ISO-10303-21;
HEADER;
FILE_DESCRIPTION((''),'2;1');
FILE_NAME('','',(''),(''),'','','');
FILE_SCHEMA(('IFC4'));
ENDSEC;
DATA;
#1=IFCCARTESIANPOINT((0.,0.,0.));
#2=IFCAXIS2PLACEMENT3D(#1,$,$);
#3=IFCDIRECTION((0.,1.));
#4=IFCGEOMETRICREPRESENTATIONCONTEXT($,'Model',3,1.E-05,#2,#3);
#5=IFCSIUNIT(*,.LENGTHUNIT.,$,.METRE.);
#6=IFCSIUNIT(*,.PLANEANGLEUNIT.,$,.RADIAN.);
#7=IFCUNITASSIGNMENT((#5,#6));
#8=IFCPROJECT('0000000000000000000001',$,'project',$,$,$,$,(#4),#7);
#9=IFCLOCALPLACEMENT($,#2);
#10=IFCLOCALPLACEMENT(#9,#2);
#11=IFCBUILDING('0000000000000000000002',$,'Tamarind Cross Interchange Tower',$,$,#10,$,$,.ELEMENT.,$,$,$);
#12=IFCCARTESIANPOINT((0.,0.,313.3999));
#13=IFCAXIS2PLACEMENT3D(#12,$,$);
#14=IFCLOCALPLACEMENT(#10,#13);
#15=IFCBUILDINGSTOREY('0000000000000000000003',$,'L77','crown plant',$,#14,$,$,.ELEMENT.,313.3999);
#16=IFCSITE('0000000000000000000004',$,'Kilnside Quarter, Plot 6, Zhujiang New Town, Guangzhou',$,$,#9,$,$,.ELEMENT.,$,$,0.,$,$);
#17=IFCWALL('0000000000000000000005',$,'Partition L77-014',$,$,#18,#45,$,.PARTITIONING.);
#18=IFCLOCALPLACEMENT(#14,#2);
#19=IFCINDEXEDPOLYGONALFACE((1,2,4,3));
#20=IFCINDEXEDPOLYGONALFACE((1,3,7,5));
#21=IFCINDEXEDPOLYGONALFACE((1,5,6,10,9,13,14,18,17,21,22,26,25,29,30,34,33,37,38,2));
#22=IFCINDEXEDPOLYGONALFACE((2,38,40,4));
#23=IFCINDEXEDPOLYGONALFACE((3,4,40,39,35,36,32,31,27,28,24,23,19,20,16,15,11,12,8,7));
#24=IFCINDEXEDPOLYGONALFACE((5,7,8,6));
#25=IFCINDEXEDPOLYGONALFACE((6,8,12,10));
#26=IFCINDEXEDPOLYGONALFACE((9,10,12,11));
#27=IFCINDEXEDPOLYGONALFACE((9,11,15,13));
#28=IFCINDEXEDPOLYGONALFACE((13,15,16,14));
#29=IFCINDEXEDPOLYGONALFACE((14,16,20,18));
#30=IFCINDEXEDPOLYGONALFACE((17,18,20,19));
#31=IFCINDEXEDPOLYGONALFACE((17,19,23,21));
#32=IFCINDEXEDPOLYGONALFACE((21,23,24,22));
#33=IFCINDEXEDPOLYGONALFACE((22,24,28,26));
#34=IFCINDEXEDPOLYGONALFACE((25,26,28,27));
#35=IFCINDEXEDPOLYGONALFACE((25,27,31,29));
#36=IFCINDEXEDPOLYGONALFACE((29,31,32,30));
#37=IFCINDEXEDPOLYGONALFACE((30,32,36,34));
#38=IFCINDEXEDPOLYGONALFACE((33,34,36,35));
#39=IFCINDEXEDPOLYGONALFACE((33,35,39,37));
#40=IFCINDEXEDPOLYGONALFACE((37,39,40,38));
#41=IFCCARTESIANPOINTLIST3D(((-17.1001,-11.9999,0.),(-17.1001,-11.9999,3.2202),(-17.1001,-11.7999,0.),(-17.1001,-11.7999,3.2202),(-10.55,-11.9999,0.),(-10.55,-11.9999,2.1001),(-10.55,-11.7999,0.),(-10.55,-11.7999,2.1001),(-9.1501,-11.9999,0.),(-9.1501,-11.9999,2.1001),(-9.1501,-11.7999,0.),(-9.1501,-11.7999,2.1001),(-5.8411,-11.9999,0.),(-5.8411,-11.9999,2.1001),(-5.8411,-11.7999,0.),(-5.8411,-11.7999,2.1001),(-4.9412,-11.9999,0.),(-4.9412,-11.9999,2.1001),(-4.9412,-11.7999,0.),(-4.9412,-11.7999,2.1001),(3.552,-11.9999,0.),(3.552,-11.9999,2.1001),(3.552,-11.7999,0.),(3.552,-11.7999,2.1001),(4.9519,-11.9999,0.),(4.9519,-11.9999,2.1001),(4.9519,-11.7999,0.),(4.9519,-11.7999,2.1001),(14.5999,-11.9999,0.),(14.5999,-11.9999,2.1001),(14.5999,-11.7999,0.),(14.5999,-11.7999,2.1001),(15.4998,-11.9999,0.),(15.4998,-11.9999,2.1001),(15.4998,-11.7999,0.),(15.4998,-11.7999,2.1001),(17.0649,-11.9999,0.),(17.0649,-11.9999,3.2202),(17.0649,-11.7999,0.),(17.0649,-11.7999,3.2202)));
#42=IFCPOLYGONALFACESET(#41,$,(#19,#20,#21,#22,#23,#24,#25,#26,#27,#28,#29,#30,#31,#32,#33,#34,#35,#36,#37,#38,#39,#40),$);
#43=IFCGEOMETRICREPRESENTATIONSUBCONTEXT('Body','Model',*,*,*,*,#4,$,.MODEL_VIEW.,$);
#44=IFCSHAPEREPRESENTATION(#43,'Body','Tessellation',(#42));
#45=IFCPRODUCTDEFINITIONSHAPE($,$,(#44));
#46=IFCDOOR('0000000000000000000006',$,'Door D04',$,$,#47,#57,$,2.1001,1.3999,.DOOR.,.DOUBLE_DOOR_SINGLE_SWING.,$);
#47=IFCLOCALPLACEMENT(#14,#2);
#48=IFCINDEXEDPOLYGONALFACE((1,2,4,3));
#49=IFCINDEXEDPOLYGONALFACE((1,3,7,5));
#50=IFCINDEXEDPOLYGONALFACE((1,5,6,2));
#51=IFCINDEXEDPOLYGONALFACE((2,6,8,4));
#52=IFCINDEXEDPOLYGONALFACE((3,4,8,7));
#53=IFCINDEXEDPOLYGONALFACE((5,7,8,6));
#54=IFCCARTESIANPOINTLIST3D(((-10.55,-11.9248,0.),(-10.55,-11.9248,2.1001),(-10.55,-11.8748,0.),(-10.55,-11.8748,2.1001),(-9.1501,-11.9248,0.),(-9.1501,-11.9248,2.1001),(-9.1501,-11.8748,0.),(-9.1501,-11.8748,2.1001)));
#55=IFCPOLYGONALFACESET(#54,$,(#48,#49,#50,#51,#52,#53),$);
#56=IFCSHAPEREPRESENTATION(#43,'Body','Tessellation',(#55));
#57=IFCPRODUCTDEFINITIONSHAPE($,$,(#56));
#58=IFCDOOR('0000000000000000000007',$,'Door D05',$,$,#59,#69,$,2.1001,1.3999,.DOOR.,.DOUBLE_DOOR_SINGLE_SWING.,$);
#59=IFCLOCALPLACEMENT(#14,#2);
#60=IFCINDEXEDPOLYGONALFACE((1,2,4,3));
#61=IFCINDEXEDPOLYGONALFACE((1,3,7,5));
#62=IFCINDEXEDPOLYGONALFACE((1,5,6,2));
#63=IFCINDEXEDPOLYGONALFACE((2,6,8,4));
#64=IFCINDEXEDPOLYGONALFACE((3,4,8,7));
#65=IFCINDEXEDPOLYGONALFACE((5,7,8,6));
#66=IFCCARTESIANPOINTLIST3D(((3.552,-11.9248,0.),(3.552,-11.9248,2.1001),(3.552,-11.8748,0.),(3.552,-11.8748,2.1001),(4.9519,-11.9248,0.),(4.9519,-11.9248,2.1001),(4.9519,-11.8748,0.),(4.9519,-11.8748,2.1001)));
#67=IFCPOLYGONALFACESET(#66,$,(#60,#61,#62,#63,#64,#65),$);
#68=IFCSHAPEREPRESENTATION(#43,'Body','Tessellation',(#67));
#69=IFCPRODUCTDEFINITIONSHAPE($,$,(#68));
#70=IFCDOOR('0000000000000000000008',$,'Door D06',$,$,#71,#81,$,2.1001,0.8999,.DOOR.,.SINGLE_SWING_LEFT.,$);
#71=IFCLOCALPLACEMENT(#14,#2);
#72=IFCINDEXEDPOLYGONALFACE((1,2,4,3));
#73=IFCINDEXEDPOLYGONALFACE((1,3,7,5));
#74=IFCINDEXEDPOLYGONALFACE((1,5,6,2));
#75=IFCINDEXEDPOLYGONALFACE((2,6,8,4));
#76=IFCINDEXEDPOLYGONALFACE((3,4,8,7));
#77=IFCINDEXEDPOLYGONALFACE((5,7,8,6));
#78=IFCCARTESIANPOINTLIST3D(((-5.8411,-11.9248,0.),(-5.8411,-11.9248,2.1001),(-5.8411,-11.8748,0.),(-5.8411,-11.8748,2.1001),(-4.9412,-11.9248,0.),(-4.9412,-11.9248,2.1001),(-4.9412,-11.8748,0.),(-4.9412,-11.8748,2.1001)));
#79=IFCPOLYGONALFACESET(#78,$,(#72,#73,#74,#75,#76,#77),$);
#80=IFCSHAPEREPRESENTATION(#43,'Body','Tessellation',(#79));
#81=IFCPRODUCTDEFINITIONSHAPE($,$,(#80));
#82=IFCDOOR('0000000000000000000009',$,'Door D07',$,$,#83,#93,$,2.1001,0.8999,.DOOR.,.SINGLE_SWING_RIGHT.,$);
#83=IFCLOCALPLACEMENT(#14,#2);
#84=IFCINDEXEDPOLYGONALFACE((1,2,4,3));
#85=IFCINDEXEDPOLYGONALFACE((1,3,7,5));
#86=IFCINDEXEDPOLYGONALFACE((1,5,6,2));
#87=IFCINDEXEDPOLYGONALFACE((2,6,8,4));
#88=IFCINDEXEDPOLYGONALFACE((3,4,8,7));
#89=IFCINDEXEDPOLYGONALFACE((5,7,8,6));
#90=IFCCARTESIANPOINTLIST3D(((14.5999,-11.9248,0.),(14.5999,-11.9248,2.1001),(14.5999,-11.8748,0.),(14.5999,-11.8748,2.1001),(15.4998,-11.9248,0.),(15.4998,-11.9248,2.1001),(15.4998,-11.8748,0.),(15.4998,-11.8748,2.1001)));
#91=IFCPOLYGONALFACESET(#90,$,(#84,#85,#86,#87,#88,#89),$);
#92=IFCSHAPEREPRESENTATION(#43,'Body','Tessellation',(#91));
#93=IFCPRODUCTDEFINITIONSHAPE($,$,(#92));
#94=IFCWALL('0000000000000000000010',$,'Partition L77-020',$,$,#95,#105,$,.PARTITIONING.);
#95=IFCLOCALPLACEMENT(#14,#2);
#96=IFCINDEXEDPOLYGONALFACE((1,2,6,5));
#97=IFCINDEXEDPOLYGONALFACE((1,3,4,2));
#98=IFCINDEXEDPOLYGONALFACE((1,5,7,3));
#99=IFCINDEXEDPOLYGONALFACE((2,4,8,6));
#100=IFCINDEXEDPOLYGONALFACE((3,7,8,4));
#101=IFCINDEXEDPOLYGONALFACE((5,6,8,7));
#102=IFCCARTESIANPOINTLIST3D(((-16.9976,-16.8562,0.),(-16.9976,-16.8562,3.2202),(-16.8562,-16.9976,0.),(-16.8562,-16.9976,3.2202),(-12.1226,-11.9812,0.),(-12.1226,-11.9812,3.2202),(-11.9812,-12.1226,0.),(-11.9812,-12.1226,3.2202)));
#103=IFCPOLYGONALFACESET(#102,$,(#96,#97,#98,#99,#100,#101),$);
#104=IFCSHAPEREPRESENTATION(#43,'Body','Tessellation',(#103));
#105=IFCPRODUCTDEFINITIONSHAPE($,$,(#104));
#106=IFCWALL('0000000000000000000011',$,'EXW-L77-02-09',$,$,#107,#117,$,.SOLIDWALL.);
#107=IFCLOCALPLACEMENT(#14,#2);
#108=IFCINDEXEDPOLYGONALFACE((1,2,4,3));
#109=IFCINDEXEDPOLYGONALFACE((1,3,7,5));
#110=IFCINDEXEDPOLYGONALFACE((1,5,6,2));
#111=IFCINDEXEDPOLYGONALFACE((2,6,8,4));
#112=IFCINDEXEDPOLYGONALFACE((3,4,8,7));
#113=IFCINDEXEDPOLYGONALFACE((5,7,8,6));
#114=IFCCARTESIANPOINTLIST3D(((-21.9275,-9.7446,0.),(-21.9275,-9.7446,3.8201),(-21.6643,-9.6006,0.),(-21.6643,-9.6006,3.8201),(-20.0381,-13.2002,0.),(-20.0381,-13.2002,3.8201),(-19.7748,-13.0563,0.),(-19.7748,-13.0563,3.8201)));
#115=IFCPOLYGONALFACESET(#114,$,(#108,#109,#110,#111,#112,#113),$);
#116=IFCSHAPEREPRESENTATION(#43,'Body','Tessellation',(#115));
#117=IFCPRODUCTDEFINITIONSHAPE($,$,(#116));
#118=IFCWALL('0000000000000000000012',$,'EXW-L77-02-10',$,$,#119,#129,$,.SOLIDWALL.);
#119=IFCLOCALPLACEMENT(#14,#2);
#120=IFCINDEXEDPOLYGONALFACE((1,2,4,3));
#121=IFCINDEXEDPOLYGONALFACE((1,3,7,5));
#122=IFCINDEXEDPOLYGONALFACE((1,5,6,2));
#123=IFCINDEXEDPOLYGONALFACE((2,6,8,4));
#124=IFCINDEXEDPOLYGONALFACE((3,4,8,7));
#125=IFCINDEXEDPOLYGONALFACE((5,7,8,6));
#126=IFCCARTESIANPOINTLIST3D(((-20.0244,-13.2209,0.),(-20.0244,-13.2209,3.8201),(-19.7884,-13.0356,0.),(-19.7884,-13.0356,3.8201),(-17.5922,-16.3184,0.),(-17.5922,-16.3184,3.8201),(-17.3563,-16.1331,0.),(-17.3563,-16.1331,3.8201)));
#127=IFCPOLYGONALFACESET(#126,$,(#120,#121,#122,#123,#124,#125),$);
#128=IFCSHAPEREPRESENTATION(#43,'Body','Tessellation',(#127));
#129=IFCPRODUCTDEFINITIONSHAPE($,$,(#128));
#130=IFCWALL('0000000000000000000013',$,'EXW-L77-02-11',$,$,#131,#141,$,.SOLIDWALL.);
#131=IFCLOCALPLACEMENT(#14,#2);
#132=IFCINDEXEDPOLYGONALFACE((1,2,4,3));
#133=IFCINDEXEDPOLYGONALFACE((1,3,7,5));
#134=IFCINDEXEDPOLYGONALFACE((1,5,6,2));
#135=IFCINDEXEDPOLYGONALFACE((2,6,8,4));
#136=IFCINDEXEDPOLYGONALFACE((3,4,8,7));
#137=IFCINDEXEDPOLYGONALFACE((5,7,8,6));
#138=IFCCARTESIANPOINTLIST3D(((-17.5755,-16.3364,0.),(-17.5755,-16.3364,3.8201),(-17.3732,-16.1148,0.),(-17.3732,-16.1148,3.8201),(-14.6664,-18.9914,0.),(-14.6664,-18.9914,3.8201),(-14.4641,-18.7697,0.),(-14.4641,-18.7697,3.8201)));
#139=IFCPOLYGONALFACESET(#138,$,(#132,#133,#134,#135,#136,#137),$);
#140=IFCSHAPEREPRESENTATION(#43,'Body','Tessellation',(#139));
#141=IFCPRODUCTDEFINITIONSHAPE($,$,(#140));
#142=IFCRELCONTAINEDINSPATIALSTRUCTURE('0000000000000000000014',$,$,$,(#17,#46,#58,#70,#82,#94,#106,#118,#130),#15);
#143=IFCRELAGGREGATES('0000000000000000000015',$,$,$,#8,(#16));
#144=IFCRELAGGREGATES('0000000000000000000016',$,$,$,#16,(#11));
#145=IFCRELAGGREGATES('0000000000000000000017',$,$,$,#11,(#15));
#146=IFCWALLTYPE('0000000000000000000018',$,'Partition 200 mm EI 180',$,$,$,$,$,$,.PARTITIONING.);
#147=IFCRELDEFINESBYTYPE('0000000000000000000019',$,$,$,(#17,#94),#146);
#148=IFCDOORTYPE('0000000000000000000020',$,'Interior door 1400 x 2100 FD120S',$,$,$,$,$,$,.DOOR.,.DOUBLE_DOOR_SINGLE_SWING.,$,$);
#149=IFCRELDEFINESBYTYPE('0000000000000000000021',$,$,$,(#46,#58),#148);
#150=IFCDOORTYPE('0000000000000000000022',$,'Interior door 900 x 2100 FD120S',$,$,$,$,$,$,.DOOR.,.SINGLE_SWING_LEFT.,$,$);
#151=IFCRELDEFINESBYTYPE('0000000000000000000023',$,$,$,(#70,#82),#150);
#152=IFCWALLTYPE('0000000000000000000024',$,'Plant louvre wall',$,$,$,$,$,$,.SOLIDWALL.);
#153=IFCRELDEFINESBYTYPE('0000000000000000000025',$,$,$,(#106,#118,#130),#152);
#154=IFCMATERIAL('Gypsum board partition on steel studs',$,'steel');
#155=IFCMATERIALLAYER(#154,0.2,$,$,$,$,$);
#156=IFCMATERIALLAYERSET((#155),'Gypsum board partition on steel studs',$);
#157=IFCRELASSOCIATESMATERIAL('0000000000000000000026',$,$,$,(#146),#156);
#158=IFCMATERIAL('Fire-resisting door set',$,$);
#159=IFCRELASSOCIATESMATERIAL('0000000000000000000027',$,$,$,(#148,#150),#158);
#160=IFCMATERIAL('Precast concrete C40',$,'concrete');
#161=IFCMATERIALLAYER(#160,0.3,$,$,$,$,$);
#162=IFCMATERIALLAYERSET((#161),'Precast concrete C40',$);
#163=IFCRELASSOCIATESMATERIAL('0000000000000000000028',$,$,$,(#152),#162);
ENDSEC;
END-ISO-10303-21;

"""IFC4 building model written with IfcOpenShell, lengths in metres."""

from ifc_helpers import new_model, si_unit, direction, frame, frame_2d, origin, place, context, subcontext, project, spatial, rectangle, extrude, material, layer, layer_set, type_object, element, fill, save


model = new_model("IFC4")

# Units and contexts
model_context = context("Model", 3, precision=1e-05, world=origin(), true_north=direction((0.0, 1.0)))
body_context = subcontext(model_context, "Body", "Model", "MODEL_VIEW")
ifc_project = project(units=[si_unit("LENGTHUNIT", "METRE"), si_unit("PLANEANGLEUNIT", "RADIAN")], contexts=[model_context])

# Site, building, storey
site_placement = place(None, origin())
site = spatial("IfcSite", under=ifc_project, at=site_placement, Name="Kilnside Quarter, Plot 6, Zhujiang New Town, Guangzhou", CompositionType="ELEMENT", RefElevation=0.0)
building_placement = place(site_placement, origin())
building = spatial("IfcBuilding", under=site, at=building_placement, Name="Tamarind Cross Interchange Tower", CompositionType="ELEMENT")
storey_placement = place(building_placement, frame((0.0, 0.0, 313.3999)))
storey = spatial("IfcBuildingStorey", under=building, at=storey_placement, Name="L77", Description="crown plant", CompositionType="ELEMENT", Elevation=313.3999)

# Shared definitions
ifc_material_1 = material(Name="Gypsum board partition on steel studs", Category="steel")

# Wall, openings, doors
ifc_material_2 = material(Name="Fire-resisting door set")
ifc_layer_1 = layer(ifc_material_1, 0.2)
ifc_layer_set_1 = layer_set([ifc_layer_1], Name="Gypsum board partition on steel studs")
wall_type_1 = type_object("IfcWallType", Name="Partition 200 mm EI 180", PredefinedType="PARTITIONING", material=ifc_layer_set_1)
wall_1_placement = place(storey_placement, frame((-17.1001, -11.8999, 0.0), z_axis=(0.0, 0.0, 1.0), x_axis=(1.0, 0.0, 0.0)))
wall_1 = element("IfcWall", 1, at=wall_1_placement, inside=storey, type_object=wall_type_1, Name="Partition L77-014", PredefinedType="PARTITIONING", context=body_context, shape_type="SweptSolid", body=[
    extrude(rectangle(XDim=34.165, YDim=0.2, at=frame_2d((17.0825, 0.0))), origin(), (0.0, 0.0, 1.0), 3.2202),
])
opening_1_placement = place(wall_1_placement, frame((6.55, 0.0, 0.0)))
opening_1 = element("IfcOpeningElement", 2, at=opening_1_placement, cuts=wall_1, PredefinedType="OPENING", context=body_context, shape_type="SweptSolid", body=[
    extrude(rectangle(XDim=1.3999, YDim=2.1001, at=frame_2d((0.7, 1.05))), frame((0.0, 0.1099, 0.0), z_axis=(0.0, -1.0, 0.0), x_axis=(1.0, 0.0, 0.0)), (0.0, 0.0, 1.0), 0.22),
])
opening_2_placement = place(wall_1_placement, frame((20.6521, 0.0, 0.0)))
opening_2 = element("IfcOpeningElement", 3, at=opening_2_placement, cuts=wall_1, PredefinedType="OPENING", context=body_context, shape_type="SweptSolid", body=[
    extrude(rectangle(XDim=1.3999, YDim=2.1001, at=frame_2d((0.7, 1.05))), frame((0.0, 0.1099, 0.0), z_axis=(0.0, -1.0, 0.0), x_axis=(1.0, 0.0, 0.0)), (0.0, 0.0, 1.0), 0.22),
])
opening_3_placement = place(wall_1_placement, frame((11.259, 0.0, 0.0)))
opening_3 = element("IfcOpeningElement", 4, at=opening_3_placement, cuts=wall_1, PredefinedType="OPENING", context=body_context, shape_type="SweptSolid", body=[
    extrude(rectangle(XDim=0.8999, YDim=2.1001, at=frame_2d((0.45, 1.05))), frame((0.0, 0.1099, 0.0), z_axis=(0.0, -1.0, 0.0), x_axis=(1.0, 0.0, 0.0)), (0.0, 0.0, 1.0), 0.22),
])
opening_4_placement = place(wall_1_placement, frame((31.7, 0.0, 0.0)))
opening_4 = element("IfcOpeningElement", 5, at=opening_4_placement, cuts=wall_1, PredefinedType="OPENING", context=body_context, shape_type="SweptSolid", body=[
    extrude(rectangle(XDim=0.8999, YDim=2.1001, at=frame_2d((0.45, 1.05))), frame((0.0, 0.1099, 0.0), z_axis=(0.0, -1.0, 0.0), x_axis=(1.0, 0.0, 0.0)), (0.0, 0.0, 1.0), 0.22),
])
door_type_1 = type_object("IfcDoorType", Name="Interior door 1400 x 2100 FD120S", OperationType="DOUBLE_DOOR_SINGLE_SWING", PredefinedType="DOOR", material=ifc_material_2)
door_1_placement = place(opening_1_placement, frame((1.3999, 0.0, 0.0), z_axis=(0.0, 0.0, 1.0), x_axis=(-1.0, 0.0, 0.0)))
door_1 = element("IfcDoor", 6, at=door_1_placement, inside=storey, type_object=door_type_1, Name="Door D04", OperationType="DOUBLE_DOOR_SINGLE_SWING", OverallHeight=2.1001, OverallWidth=1.3999, PredefinedType="DOOR", context=body_context, shape_type="SweptSolid", body=[
    extrude(rectangle(XDim=1.3999, YDim=2.1001, at=frame_2d((0.7, 1.05))), frame((0.0, 0.0249, 0.0), z_axis=(0.0, -1.0, 0.0), x_axis=(1.0, 0.0, 0.0)), (0.0, 0.0, 1.0), 0.05),
])
fill(opening_1, door_1)
door_2_placement = place(opening_2_placement, frame((1.3999, 0.0, 0.0), z_axis=(0.0, 0.0, 1.0), x_axis=(-1.0, 0.0, 0.0)))
door_2 = element("IfcDoor", 7, at=door_2_placement, inside=storey, type_object=door_type_1, Name="Door D05", OperationType="DOUBLE_DOOR_SINGLE_SWING", OverallHeight=2.1001, OverallWidth=1.3999, PredefinedType="DOOR", context=body_context, shape_type="SweptSolid", body=[
    extrude(rectangle(XDim=1.3999, YDim=2.1001, at=frame_2d((0.7, 1.05))), frame((0.0, 0.0249, 0.0), z_axis=(0.0, -1.0, 0.0), x_axis=(1.0, 0.0, 0.0)), (0.0, 0.0, 1.0), 0.05),
])
fill(opening_2, door_2)
door_type_2 = type_object("IfcDoorType", Name="Interior door 900 x 2100 FD120S", OperationType="SINGLE_SWING_LEFT", PredefinedType="DOOR", material=ifc_material_2)
door_3_placement = place(opening_3_placement, frame((0.8999, 0.0, 0.0), z_axis=(0.0, 0.0, 1.0), x_axis=(-1.0, 0.0, 0.0)))
door_3 = element("IfcDoor", 8, at=door_3_placement, inside=storey, type_object=door_type_2, Name="Door D06", OperationType="SINGLE_SWING_LEFT", OverallHeight=2.1001, OverallWidth=0.8999, PredefinedType="DOOR", context=body_context, shape_type="SweptSolid", body=[
    extrude(rectangle(XDim=0.8999, YDim=2.1001, at=frame_2d((0.45, 1.05))), frame((0.0, 0.0249, 0.0), z_axis=(0.0, -1.0, 0.0), x_axis=(1.0, 0.0, 0.0)), (0.0, 0.0, 1.0), 0.05),
])
fill(opening_3, door_3)
door_4_placement = place(opening_4_placement, frame((0.8999, 0.0, 0.0), z_axis=(0.0, 0.0, 1.0), x_axis=(-1.0, 0.0, 0.0)))
door_4 = element("IfcDoor", 9, at=door_4_placement, inside=storey, type_object=door_type_2, Name="Door D07", OperationType="SINGLE_SWING_RIGHT", OverallHeight=2.1001, OverallWidth=0.8999, PredefinedType="DOOR", context=body_context, shape_type="SweptSolid", body=[
    extrude(rectangle(XDim=0.8999, YDim=2.1001, at=frame_2d((0.45, 1.05))), frame((0.0, 0.0249, 0.0), z_axis=(0.0, -1.0, 0.0), x_axis=(1.0, 0.0, 0.0)), (0.0, 0.0, 1.0), 0.05),
])
fill(opening_4, door_4)

# Walls
wall_2_placement = place(storey_placement, frame((-16.927, -16.927, 0.0), z_axis=(0.0, 0.0, 1.0), x_axis=(0.707107, 0.707107, 0.0)))
element("IfcWall", 10, at=wall_2_placement, inside=storey, type_object=wall_type_1, Name="Partition L77-020", PredefinedType="PARTITIONING", context=body_context, shape_type="SweptSolid", body=[
    extrude(rectangle(XDim=6.8943, YDim=0.2, at=frame_2d((3.4473, 0.0))), origin(), (0.0, 0.0, 1.0), 3.2202),
])
ifc_material_3 = material(Name="Precast concrete C40", Category="concrete")
ifc_layer_2 = layer(ifc_material_3, 0.3)
ifc_layer_set_2 = layer_set([ifc_layer_2], Name="Precast concrete C40")
wall_type_2 = type_object("IfcWallType", Name="Plant louvre wall", PredefinedType="SOLIDWALL", material=ifc_layer_set_2)
wall_3_placement = place(storey_placement, frame((-21.7959, -9.6726, 0.0), z_axis=(0.0, 0.0, 1.0), x_axis=(0.479742, -0.877409, 0.0)))
element("IfcWall", 11, at=wall_3_placement, inside=storey, type_object=wall_type_2, Name="EXW-L77-02-09", PredefinedType="SOLIDWALL", context=body_context, shape_type="SweptSolid", body=[
    extrude(rectangle(XDim=3.9385, YDim=0.3, at=frame_2d((1.9692, 0.0))), origin(), (0.0, 0.0, 1.0), 3.8201),
])
wall_4_placement = place(storey_placement, frame((-19.9065, -13.1282, 0.0), z_axis=(0.0, 0.0, 1.0), x_axis=(0.617578, -0.78651, 0.0)))
element("IfcWall", 12, at=wall_4_placement, inside=storey, type_object=wall_type_2, Name="EXW-L77-02-10", PredefinedType="SOLIDWALL", context=body_context, shape_type="SweptSolid", body=[
    extrude(rectangle(XDim=3.9382, YDim=0.3, at=frame_2d((1.9692, 0.0))), origin(), (0.0, 0.0, 1.0), 3.8201),
])
wall_5_placement = place(storey_placement, frame((-17.4744, -16.2256, 0.0), z_axis=(0.0, 0.0, 1.0), x_axis=(0.738634, -0.674106, 0.0)))
element("IfcWall", 13, at=wall_5_placement, inside=storey, type_object=wall_type_2, Name="EXW-L77-02-11", PredefinedType="SOLIDWALL", context=body_context, shape_type="SweptSolid", body=[
    extrude(rectangle(XDim=3.9385, YDim=0.3, at=frame_2d((1.9692, 0.0))), origin(), (0.0, 0.0, 1.0), 3.8201),
])

save(model, "model.ifc")
